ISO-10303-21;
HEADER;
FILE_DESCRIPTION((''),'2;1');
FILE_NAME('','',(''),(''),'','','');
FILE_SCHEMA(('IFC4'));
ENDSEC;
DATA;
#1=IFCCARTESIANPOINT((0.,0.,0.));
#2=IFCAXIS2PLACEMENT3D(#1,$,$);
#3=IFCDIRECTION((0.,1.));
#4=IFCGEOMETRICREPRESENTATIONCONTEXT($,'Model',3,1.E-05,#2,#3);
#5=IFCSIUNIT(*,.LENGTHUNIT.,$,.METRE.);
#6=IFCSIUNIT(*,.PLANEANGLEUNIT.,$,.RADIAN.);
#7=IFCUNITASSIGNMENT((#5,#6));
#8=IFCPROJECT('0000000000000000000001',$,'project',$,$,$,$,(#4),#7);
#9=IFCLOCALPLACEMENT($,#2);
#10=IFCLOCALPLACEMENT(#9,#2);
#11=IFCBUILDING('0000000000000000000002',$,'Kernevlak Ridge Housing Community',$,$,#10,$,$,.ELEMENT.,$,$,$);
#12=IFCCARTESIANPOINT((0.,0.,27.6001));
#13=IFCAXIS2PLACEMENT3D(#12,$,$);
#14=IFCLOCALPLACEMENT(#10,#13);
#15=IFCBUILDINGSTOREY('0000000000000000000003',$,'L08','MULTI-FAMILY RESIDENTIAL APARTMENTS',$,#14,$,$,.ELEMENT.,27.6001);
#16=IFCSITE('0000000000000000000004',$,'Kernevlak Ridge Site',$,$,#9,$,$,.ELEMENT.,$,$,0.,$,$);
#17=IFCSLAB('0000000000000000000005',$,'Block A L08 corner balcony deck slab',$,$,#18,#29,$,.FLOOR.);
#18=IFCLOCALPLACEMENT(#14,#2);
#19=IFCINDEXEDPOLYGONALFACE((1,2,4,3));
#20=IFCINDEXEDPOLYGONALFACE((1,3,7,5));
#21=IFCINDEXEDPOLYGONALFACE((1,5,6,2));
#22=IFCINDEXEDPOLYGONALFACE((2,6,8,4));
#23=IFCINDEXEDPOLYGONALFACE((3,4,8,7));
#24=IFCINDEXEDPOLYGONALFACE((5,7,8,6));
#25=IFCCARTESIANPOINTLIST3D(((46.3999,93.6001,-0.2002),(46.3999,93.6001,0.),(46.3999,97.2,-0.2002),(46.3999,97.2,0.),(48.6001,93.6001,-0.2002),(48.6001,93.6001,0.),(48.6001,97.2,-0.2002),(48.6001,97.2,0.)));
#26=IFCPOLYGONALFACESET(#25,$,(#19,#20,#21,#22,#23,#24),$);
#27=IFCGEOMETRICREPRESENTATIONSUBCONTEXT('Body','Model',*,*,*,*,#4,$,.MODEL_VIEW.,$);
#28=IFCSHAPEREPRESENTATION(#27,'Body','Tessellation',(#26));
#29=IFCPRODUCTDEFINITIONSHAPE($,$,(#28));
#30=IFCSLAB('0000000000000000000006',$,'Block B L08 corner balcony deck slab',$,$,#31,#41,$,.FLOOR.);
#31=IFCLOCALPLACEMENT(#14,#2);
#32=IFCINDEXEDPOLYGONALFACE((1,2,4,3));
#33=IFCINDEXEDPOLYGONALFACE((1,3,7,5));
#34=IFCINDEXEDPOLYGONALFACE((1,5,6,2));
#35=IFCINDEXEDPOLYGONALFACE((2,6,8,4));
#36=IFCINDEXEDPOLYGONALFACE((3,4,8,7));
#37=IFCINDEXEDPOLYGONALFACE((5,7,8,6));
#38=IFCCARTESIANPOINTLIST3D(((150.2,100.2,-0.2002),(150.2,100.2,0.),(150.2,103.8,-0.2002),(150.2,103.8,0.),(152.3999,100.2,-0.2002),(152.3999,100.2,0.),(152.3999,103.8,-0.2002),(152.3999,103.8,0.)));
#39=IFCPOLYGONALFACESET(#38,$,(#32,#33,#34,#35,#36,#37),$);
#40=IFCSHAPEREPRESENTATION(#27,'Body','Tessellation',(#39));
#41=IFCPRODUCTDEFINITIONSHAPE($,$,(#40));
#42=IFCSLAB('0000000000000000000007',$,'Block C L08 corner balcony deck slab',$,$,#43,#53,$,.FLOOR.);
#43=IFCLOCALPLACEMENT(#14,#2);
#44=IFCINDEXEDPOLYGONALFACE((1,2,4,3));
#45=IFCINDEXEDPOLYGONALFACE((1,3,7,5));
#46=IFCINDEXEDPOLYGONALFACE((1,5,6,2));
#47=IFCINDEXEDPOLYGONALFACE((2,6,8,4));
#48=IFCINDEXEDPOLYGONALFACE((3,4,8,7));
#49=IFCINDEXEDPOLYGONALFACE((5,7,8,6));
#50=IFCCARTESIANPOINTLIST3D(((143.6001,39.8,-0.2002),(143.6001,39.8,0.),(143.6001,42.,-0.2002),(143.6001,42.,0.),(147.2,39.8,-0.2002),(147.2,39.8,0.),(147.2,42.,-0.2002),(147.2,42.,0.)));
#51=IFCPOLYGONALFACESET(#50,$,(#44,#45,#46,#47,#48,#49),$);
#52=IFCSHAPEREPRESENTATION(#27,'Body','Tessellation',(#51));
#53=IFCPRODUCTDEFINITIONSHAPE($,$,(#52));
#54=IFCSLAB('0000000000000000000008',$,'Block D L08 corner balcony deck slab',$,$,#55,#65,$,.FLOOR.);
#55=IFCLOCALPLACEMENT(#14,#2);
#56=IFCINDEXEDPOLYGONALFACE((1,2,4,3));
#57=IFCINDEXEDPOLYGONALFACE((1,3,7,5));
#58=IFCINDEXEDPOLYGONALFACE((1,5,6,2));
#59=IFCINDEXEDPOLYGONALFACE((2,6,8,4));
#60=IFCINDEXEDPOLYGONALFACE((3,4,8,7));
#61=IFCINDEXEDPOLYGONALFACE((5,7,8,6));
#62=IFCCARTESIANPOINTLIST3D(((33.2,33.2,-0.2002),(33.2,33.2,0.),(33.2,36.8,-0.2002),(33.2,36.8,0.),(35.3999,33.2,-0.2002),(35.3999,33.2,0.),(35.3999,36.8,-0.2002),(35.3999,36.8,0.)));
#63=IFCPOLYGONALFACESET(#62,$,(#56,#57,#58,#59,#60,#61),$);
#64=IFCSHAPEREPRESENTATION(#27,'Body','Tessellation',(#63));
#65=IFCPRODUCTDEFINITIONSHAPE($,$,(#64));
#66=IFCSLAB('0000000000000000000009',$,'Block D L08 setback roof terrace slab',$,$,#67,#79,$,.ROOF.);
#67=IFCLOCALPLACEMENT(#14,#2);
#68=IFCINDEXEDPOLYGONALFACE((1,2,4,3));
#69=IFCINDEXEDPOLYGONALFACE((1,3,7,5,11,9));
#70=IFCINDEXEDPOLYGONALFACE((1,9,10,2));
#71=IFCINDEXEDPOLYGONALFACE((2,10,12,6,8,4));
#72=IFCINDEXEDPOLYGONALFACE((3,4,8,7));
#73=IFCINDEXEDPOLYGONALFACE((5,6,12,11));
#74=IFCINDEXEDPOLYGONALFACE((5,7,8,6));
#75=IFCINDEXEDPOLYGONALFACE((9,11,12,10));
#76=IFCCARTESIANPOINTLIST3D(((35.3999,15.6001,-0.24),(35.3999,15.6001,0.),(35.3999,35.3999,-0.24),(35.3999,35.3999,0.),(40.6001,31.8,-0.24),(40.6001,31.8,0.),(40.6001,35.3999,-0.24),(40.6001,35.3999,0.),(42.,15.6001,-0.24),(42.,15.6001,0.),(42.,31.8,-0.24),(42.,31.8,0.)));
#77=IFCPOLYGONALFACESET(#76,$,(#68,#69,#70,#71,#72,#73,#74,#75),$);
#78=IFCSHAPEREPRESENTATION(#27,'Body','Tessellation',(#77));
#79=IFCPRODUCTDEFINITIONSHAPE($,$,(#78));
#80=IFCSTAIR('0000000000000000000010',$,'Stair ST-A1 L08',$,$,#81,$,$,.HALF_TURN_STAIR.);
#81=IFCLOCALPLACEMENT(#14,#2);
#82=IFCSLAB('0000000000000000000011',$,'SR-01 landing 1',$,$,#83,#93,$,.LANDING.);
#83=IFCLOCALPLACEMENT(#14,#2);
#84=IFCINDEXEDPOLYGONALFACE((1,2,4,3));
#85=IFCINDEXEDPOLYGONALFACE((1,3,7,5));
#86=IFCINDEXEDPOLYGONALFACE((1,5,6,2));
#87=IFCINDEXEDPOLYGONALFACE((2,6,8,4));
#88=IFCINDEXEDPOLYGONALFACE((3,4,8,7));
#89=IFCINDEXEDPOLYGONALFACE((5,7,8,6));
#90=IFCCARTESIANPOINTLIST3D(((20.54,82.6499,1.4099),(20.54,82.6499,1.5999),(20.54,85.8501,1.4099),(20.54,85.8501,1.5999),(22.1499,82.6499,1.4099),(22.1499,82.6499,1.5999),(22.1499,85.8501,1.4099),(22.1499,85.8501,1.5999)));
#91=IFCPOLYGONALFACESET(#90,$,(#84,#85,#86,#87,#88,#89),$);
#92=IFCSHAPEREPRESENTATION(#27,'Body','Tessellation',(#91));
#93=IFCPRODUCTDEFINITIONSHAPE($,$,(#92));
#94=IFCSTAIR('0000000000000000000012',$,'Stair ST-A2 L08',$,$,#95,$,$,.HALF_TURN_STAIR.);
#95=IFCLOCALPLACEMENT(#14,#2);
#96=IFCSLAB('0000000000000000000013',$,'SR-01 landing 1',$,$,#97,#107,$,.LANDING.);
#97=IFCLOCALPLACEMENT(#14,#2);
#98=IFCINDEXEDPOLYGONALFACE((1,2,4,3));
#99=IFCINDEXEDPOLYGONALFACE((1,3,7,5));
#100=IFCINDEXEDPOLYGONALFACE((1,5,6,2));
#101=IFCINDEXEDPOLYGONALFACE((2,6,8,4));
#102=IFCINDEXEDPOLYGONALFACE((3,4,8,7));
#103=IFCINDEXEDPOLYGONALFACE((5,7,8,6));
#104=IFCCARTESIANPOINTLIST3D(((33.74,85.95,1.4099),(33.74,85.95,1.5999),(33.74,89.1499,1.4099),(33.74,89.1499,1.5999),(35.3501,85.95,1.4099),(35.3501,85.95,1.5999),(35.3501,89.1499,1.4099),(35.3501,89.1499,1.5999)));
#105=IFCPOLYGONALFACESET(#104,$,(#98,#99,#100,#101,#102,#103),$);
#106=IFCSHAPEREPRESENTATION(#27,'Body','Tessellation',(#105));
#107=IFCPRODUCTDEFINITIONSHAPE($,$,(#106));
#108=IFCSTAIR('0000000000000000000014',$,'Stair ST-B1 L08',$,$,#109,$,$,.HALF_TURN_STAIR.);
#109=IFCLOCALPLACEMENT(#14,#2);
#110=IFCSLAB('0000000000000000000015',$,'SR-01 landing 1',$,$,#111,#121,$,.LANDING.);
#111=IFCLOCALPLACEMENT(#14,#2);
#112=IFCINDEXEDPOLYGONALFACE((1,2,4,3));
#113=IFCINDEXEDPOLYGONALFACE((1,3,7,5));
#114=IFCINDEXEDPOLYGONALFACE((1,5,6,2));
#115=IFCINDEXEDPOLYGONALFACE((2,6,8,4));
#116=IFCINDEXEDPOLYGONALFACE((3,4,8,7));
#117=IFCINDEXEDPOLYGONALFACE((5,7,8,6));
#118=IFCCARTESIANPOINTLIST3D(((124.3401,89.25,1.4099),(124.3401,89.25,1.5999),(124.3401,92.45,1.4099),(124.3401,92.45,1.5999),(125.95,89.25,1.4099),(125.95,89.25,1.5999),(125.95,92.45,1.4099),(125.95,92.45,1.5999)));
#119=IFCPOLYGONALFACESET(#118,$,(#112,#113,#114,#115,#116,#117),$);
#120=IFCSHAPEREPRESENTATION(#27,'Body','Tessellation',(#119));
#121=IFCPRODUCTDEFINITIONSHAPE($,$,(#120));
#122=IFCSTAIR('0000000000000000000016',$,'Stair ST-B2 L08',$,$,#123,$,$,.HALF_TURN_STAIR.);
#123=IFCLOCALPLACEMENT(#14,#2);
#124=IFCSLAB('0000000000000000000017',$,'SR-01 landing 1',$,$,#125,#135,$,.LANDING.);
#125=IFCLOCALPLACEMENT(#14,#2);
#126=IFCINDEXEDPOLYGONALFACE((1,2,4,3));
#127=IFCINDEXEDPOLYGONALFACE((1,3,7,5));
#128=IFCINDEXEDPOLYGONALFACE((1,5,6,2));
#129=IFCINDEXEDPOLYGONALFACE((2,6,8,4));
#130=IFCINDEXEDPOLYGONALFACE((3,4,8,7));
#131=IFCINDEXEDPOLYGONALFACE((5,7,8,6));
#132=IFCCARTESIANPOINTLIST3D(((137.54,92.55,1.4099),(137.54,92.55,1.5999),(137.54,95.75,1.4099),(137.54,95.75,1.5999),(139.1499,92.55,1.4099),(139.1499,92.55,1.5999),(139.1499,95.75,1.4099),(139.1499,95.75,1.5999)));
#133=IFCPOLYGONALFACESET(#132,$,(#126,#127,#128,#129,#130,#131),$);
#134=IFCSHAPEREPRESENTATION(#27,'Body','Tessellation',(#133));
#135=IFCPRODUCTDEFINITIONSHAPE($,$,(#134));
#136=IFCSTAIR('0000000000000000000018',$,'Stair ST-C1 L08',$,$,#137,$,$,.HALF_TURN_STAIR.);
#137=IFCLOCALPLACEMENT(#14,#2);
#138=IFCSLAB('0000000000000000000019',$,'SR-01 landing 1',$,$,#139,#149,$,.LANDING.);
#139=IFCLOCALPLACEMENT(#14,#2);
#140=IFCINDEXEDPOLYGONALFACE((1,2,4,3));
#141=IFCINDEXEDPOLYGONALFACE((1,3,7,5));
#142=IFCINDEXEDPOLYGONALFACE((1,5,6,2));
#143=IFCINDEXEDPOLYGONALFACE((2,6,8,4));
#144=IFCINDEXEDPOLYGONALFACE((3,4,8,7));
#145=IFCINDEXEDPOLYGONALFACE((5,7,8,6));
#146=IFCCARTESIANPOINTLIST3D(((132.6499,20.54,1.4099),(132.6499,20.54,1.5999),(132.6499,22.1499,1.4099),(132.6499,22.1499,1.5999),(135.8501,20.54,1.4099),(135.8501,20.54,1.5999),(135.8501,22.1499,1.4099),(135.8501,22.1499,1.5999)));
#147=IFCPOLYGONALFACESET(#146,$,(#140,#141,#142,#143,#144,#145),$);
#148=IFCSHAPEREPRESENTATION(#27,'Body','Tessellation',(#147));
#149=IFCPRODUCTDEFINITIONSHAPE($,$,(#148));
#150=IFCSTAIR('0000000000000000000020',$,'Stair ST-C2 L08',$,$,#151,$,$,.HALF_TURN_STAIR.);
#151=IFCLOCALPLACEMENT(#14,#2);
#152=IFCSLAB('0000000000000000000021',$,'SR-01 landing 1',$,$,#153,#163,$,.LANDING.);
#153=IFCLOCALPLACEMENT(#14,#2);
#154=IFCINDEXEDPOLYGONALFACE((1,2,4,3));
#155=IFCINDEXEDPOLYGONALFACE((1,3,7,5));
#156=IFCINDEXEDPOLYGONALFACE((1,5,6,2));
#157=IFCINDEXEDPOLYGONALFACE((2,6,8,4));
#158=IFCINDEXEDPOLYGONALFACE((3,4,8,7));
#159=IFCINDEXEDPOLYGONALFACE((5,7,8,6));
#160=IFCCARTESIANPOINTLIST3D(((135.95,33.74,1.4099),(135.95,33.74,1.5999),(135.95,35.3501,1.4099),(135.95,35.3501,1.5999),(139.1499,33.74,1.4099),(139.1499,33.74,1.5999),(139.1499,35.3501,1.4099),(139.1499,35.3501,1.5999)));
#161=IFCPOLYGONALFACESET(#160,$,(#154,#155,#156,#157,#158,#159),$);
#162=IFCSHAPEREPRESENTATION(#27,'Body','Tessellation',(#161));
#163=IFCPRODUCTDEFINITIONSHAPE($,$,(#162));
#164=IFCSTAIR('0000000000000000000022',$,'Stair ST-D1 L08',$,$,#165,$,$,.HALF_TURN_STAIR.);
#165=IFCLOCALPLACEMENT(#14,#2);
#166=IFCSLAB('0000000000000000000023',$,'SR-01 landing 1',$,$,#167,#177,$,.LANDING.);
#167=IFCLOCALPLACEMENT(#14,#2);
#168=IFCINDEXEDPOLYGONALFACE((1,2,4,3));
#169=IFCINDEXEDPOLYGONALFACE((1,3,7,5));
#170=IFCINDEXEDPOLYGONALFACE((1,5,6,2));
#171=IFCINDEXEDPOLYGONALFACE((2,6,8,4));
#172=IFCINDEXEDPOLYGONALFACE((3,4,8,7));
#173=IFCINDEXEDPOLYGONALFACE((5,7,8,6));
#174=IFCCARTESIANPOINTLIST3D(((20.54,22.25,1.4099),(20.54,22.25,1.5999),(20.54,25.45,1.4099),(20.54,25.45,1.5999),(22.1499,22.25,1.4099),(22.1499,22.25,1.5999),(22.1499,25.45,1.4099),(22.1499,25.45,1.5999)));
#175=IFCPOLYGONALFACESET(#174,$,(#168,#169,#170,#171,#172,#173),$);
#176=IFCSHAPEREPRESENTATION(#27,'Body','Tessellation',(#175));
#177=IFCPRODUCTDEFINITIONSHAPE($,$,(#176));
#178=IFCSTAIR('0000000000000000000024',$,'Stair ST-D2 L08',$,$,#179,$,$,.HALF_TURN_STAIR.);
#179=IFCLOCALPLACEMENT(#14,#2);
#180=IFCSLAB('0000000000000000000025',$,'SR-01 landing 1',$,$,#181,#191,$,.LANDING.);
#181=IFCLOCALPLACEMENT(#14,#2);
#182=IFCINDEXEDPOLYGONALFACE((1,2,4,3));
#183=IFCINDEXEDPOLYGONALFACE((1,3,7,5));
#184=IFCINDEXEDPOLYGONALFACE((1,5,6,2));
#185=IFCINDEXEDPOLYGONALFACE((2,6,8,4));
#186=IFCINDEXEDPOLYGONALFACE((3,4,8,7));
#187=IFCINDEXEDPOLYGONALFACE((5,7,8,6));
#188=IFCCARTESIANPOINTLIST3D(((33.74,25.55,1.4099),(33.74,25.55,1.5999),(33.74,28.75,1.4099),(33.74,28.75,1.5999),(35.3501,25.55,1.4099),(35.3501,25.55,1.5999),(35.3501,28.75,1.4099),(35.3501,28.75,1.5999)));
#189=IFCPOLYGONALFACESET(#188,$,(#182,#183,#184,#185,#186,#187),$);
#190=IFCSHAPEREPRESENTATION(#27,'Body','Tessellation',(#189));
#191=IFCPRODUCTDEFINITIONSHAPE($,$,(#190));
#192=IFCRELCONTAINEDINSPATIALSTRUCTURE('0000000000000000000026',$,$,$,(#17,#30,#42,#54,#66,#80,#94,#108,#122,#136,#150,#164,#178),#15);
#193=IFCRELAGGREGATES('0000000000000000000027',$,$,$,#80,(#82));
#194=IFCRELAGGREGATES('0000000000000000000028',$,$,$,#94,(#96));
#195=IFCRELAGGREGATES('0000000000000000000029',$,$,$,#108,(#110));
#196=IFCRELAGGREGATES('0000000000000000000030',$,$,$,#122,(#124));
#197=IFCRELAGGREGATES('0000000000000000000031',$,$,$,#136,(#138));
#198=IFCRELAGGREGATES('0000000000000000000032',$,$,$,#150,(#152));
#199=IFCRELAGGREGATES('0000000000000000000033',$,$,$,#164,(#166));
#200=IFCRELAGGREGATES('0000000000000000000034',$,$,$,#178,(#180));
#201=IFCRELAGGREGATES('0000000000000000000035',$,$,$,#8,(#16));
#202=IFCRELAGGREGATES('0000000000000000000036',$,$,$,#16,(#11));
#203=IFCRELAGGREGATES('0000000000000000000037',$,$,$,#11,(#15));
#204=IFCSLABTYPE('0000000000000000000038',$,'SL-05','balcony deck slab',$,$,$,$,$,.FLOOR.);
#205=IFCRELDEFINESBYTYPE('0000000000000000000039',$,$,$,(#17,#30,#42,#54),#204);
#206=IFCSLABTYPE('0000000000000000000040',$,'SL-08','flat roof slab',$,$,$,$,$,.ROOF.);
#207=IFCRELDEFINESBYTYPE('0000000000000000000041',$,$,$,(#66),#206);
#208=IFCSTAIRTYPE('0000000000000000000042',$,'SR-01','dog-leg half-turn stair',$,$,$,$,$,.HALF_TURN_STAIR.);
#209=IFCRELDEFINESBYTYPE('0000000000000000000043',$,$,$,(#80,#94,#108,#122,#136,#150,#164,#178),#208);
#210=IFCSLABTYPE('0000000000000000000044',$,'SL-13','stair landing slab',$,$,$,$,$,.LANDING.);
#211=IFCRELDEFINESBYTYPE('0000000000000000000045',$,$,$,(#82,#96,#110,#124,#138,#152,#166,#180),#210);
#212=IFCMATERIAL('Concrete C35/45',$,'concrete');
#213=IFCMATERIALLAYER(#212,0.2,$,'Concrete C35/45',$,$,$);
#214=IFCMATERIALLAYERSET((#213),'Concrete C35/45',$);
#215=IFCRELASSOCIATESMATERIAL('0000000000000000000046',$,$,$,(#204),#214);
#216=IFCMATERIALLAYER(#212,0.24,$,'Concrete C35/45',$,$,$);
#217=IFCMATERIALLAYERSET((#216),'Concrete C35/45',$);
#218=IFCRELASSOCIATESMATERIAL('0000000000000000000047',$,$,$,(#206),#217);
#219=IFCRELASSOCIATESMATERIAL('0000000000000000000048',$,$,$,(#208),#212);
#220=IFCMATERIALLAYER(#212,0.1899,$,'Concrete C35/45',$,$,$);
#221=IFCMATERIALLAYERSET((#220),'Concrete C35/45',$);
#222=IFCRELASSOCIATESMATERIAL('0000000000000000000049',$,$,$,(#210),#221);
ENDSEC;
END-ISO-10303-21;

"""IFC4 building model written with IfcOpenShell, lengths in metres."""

from ifc_helpers import new_model, si_unit, direction, frame, origin, place, context, subcontext, project, spatial, polyline, outline, extrude, material, layer, layer_set, type_object, element, aggregate, save


model = new_model("IFC4")

# Units and contexts
model_context = context("Model", 3, precision=1e-05, world=origin(), true_north=direction((0.0, 1.0)))
body_context = subcontext(model_context, "Body", "Model", "MODEL_VIEW")
ifc_project = project(units=[si_unit("LENGTHUNIT", "METRE"), si_unit("PLANEANGLEUNIT", "RADIAN")], contexts=[model_context])

# Site, building, storey
site_placement = place(None, origin())
site = spatial("IfcSite", under=ifc_project, at=site_placement, Name="Kernevlak Ridge Site", CompositionType="ELEMENT", RefElevation=0.0)
building_placement = place(site_placement, origin())
building = spatial("IfcBuilding", under=site, at=building_placement, Name="Kernevlak Ridge Housing Community", CompositionType="ELEMENT")
storey_placement = place(building_placement, frame((0.0, 0.0, 27.6001)))
storey = spatial("IfcBuildingStorey", under=building, at=storey_placement, Name="L08", Description="MULTI-FAMILY RESIDENTIAL APARTMENTS", CompositionType="ELEMENT", Elevation=27.6001)

# Slabs
ifc_material_1 = material(Name="Concrete C35/45", Category="concrete")
ifc_layer_1 = layer(ifc_material_1, 0.2, Name="Concrete C35/45")
ifc_layer_set_1 = layer_set([ifc_layer_1], Name="Concrete C35/45")
slab_type_1 = type_object("IfcSlabType", Name="SL-05", Description="balcony deck slab", PredefinedType="FLOOR", material=ifc_layer_set_1)
slab_1_placement = place(storey_placement, frame((0.0, 0.0, -0.2002)))
element("IfcSlab", 1, at=slab_1_placement, inside=storey, type_object=slab_type_1, Name="Block A L08 corner balcony deck slab", PredefinedType="FLOOR", context=body_context, shape_type="SweptSolid", body=[
    extrude(outline(polyline([(46.3999, 93.6001), (48.6001, 93.6001), (48.6001, 97.2), (46.3999, 97.2), (46.3999, 93.6001)])), origin(), (0.0, 0.0, 1.0), 0.2002),
])
slab_2_placement = place(storey_placement, frame((0.0, 0.0, -0.2002)))
element("IfcSlab", 2, at=slab_2_placement, inside=storey, type_object=slab_type_1, Name="Block B L08 corner balcony deck slab", PredefinedType="FLOOR", context=body_context, shape_type="SweptSolid", body=[
    extrude(outline(polyline([(150.2, 100.2), (152.3999, 100.2), (152.3999, 103.8), (150.2, 103.8), (150.2, 100.2)])), origin(), (0.0, 0.0, 1.0), 0.2002),
])
slab_3_placement = place(storey_placement, frame((0.0, 0.0, -0.2002)))
element("IfcSlab", 3, at=slab_3_placement, inside=storey, type_object=slab_type_1, Name="Block C L08 corner balcony deck slab", PredefinedType="FLOOR", context=body_context, shape_type="SweptSolid", body=[
    extrude(outline(polyline([(147.2, 39.8), (147.2, 42.0), (143.6001, 42.0), (143.6001, 39.8), (147.2, 39.8)])), origin(), (0.0, 0.0, 1.0), 0.2002),
])
slab_4_placement = place(storey_placement, frame((0.0, 0.0, -0.2002)))
element("IfcSlab", 4, at=slab_4_placement, inside=storey, type_object=slab_type_1, Name="Block D L08 corner balcony deck slab", PredefinedType="FLOOR", context=body_context, shape_type="SweptSolid", body=[
    extrude(outline(polyline([(33.2, 33.2), (35.3999, 33.2), (35.3999, 36.8), (33.2, 36.8), (33.2, 33.2)])), origin(), (0.0, 0.0, 1.0), 0.2002),
])
ifc_layer_2 = layer(ifc_material_1, 0.24, Name="Concrete C35/45")
ifc_layer_set_2 = layer_set([ifc_layer_2], Name="Concrete C35/45")
slab_type_2 = type_object("IfcSlabType", Name="SL-08", Description="flat roof slab", PredefinedType="ROOF", material=ifc_layer_set_2)
slab_5_placement = place(storey_placement, frame((0.0, 0.0, -0.24)))
element("IfcSlab", 5, at=slab_5_placement, inside=storey, type_object=slab_type_2, Name="Block D L08 setback roof terrace slab", PredefinedType="ROOF", context=body_context, shape_type="SweptSolid", body=[
    extrude(outline(polyline([(35.3999, 15.6001), (42.0, 15.6001), (42.0, 31.8), (40.6001, 31.8), (40.6001, 35.3999), (35.3999, 35.3999), (35.3999, 15.6001)])), origin(), (0.0, 0.0, 1.0), 0.24),
])

# Stairs, slabs
stair_type = type_object("IfcStairType", Name="SR-01", Description="dog-leg half-turn stair", PredefinedType="HALF_TURN_STAIR", material=ifc_material_1)
stair_1_placement = place(storey_placement, origin())
stair_1 = element("IfcStair", 6, at=stair_1_placement, inside=storey, type_object=stair_type, Name="Stair ST-A1 L08", PredefinedType="HALF_TURN_STAIR")
ifc_layer_3 = layer(ifc_material_1, 0.1899, Name="Concrete C35/45")
ifc_layer_set_3 = layer_set([ifc_layer_3], Name="Concrete C35/45")
slab_type_3 = type_object("IfcSlabType", Name="SL-13", Description="stair landing slab", PredefinedType="LANDING", material=ifc_layer_set_3)
slab_6_placement = place(storey_placement, frame((0.0, 0.0, 1.4099)))
slab_6 = element("IfcSlab", 7, at=slab_6_placement, type_object=slab_type_3, Name="SR-01 landing 1", PredefinedType="LANDING", context=body_context, shape_type="SweptSolid", body=[
    extrude(outline(polyline([(20.54, 82.6499), (22.1499, 82.6499), (22.1499, 85.8501), (20.54, 85.8501), (20.54, 82.6499)])), origin(), (0.0, 0.0, 1.0), 0.1899),
])
aggregate(stair_1, [slab_6])
stair_2_placement = place(storey_placement, origin())
stair_2 = element("IfcStair", 8, at=stair_2_placement, inside=storey, type_object=stair_type, Name="Stair ST-A2 L08", PredefinedType="HALF_TURN_STAIR")
slab_7_placement = place(storey_placement, frame((0.0, 0.0, 1.4099)))
slab_7 = element("IfcSlab", 9, at=slab_7_placement, type_object=slab_type_3, Name="SR-01 landing 1", PredefinedType="LANDING", context=body_context, shape_type="SweptSolid", body=[
    extrude(outline(polyline([(33.74, 85.95), (35.3501, 85.95), (35.3501, 89.1499), (33.74, 89.1499), (33.74, 85.95)])), origin(), (0.0, 0.0, 1.0), 0.1899),
])
aggregate(stair_2, [slab_7])
stair_3_placement = place(storey_placement, origin())
stair_3 = element("IfcStair", 10, at=stair_3_placement, inside=storey, type_object=stair_type, Name="Stair ST-B1 L08", PredefinedType="HALF_TURN_STAIR")
slab_8_placement = place(storey_placement, frame((0.0, 0.0, 1.4099)))
slab_8 = element("IfcSlab", 11, at=slab_8_placement, type_object=slab_type_3, Name="SR-01 landing 1", PredefinedType="LANDING", context=body_context, shape_type="SweptSolid", body=[
    extrude(outline(polyline([(124.3401, 89.25), (125.95, 89.25), (125.95, 92.45), (124.3401, 92.45), (124.3401, 89.25)])), origin(), (0.0, 0.0, 1.0), 0.1899),
])
aggregate(stair_3, [slab_8])
stair_4_placement = place(storey_placement, origin())
stair_4 = element("IfcStair", 12, at=stair_4_placement, inside=storey, type_object=stair_type, Name="Stair ST-B2 L08", PredefinedType="HALF_TURN_STAIR")
slab_9_placement = place(storey_placement, frame((0.0, 0.0, 1.4099)))
slab_9 = element("IfcSlab", 13, at=slab_9_placement, type_object=slab_type_3, Name="SR-01 landing 1", PredefinedType="LANDING", context=body_context, shape_type="SweptSolid", body=[
    extrude(outline(polyline([(137.54, 92.55), (139.1499, 92.55), (139.1499, 95.75), (137.54, 95.75), (137.54, 92.55)])), origin(), (0.0, 0.0, 1.0), 0.1899),
])
aggregate(stair_4, [slab_9])
stair_5_placement = place(storey_placement, origin())
stair_5 = element("IfcStair", 14, at=stair_5_placement, inside=storey, type_object=stair_type, Name="Stair ST-C1 L08", PredefinedType="HALF_TURN_STAIR")
slab_10_placement = place(storey_placement, frame((0.0, 0.0, 1.4099)))
slab_10 = element("IfcSlab", 15, at=slab_10_placement, type_object=slab_type_3, Name="SR-01 landing 1", PredefinedType="LANDING", context=body_context, shape_type="SweptSolid", body=[
    extrude(outline(polyline([(135.8501, 20.54), (135.8501, 22.1499), (132.6499, 22.1499), (132.6499, 20.54), (135.8501, 20.54)])), origin(), (0.0, 0.0, 1.0), 0.1899),
])
aggregate(stair_5, [slab_10])
stair_6_placement = place(storey_placement, origin())
stair_6 = element("IfcStair", 16, at=stair_6_placement, inside=storey, type_object=stair_type, Name="Stair ST-C2 L08", PredefinedType="HALF_TURN_STAIR")
slab_11_placement = place(storey_placement, frame((0.0, 0.0, 1.4099)))
slab_11 = element("IfcSlab", 17, at=slab_11_placement, type_object=slab_type_3, Name="SR-01 landing 1", PredefinedType="LANDING", context=body_context, shape_type="SweptSolid", body=[
    extrude(outline(polyline([(139.1499, 33.74), (139.1499, 35.3501), (135.95, 35.3501), (135.95, 33.74), (139.1499, 33.74)])), origin(), (0.0, 0.0, 1.0), 0.1899),
])
aggregate(stair_6, [slab_11])
stair_7_placement = place(storey_placement, origin())
stair_7 = element("IfcStair", 18, at=stair_7_placement, inside=storey, type_object=stair_type, Name="Stair ST-D1 L08", PredefinedType="HALF_TURN_STAIR")
slab_12_placement = place(storey_placement, frame((0.0, 0.0, 1.4099)))
slab_12 = element("IfcSlab", 19, at=slab_12_placement, type_object=slab_type_3, Name="SR-01 landing 1", PredefinedType="LANDING", context=body_context, shape_type="SweptSolid", body=[
    extrude(outline(polyline([(20.54, 22.25), (22.1499, 22.25), (22.1499, 25.45), (20.54, 25.45), (20.54, 22.25)])), origin(), (0.0, 0.0, 1.0), 0.1899),
])
aggregate(stair_7, [slab_12])
stair_8_placement = place(storey_placement, origin())
stair_8 = element("IfcStair", 20, at=stair_8_placement, inside=storey, type_object=stair_type, Name="Stair ST-D2 L08", PredefinedType="HALF_TURN_STAIR")
slab_13_placement = place(storey_placement, frame((0.0, 0.0, 1.4099)))
slab_13 = element("IfcSlab", 21, at=slab_13_placement, type_object=slab_type_3, Name="SR-01 landing 1", PredefinedType="LANDING", context=body_context, shape_type="SweptSolid", body=[
    extrude(outline(polyline([(33.74, 25.55), (35.3501, 25.55), (35.3501, 28.75), (33.74, 28.75), (33.74, 25.55)])), origin(), (0.0, 0.0, 1.0), 0.1899),
])
aggregate(stair_8, [slab_13])

save(model, "model.ifc")
